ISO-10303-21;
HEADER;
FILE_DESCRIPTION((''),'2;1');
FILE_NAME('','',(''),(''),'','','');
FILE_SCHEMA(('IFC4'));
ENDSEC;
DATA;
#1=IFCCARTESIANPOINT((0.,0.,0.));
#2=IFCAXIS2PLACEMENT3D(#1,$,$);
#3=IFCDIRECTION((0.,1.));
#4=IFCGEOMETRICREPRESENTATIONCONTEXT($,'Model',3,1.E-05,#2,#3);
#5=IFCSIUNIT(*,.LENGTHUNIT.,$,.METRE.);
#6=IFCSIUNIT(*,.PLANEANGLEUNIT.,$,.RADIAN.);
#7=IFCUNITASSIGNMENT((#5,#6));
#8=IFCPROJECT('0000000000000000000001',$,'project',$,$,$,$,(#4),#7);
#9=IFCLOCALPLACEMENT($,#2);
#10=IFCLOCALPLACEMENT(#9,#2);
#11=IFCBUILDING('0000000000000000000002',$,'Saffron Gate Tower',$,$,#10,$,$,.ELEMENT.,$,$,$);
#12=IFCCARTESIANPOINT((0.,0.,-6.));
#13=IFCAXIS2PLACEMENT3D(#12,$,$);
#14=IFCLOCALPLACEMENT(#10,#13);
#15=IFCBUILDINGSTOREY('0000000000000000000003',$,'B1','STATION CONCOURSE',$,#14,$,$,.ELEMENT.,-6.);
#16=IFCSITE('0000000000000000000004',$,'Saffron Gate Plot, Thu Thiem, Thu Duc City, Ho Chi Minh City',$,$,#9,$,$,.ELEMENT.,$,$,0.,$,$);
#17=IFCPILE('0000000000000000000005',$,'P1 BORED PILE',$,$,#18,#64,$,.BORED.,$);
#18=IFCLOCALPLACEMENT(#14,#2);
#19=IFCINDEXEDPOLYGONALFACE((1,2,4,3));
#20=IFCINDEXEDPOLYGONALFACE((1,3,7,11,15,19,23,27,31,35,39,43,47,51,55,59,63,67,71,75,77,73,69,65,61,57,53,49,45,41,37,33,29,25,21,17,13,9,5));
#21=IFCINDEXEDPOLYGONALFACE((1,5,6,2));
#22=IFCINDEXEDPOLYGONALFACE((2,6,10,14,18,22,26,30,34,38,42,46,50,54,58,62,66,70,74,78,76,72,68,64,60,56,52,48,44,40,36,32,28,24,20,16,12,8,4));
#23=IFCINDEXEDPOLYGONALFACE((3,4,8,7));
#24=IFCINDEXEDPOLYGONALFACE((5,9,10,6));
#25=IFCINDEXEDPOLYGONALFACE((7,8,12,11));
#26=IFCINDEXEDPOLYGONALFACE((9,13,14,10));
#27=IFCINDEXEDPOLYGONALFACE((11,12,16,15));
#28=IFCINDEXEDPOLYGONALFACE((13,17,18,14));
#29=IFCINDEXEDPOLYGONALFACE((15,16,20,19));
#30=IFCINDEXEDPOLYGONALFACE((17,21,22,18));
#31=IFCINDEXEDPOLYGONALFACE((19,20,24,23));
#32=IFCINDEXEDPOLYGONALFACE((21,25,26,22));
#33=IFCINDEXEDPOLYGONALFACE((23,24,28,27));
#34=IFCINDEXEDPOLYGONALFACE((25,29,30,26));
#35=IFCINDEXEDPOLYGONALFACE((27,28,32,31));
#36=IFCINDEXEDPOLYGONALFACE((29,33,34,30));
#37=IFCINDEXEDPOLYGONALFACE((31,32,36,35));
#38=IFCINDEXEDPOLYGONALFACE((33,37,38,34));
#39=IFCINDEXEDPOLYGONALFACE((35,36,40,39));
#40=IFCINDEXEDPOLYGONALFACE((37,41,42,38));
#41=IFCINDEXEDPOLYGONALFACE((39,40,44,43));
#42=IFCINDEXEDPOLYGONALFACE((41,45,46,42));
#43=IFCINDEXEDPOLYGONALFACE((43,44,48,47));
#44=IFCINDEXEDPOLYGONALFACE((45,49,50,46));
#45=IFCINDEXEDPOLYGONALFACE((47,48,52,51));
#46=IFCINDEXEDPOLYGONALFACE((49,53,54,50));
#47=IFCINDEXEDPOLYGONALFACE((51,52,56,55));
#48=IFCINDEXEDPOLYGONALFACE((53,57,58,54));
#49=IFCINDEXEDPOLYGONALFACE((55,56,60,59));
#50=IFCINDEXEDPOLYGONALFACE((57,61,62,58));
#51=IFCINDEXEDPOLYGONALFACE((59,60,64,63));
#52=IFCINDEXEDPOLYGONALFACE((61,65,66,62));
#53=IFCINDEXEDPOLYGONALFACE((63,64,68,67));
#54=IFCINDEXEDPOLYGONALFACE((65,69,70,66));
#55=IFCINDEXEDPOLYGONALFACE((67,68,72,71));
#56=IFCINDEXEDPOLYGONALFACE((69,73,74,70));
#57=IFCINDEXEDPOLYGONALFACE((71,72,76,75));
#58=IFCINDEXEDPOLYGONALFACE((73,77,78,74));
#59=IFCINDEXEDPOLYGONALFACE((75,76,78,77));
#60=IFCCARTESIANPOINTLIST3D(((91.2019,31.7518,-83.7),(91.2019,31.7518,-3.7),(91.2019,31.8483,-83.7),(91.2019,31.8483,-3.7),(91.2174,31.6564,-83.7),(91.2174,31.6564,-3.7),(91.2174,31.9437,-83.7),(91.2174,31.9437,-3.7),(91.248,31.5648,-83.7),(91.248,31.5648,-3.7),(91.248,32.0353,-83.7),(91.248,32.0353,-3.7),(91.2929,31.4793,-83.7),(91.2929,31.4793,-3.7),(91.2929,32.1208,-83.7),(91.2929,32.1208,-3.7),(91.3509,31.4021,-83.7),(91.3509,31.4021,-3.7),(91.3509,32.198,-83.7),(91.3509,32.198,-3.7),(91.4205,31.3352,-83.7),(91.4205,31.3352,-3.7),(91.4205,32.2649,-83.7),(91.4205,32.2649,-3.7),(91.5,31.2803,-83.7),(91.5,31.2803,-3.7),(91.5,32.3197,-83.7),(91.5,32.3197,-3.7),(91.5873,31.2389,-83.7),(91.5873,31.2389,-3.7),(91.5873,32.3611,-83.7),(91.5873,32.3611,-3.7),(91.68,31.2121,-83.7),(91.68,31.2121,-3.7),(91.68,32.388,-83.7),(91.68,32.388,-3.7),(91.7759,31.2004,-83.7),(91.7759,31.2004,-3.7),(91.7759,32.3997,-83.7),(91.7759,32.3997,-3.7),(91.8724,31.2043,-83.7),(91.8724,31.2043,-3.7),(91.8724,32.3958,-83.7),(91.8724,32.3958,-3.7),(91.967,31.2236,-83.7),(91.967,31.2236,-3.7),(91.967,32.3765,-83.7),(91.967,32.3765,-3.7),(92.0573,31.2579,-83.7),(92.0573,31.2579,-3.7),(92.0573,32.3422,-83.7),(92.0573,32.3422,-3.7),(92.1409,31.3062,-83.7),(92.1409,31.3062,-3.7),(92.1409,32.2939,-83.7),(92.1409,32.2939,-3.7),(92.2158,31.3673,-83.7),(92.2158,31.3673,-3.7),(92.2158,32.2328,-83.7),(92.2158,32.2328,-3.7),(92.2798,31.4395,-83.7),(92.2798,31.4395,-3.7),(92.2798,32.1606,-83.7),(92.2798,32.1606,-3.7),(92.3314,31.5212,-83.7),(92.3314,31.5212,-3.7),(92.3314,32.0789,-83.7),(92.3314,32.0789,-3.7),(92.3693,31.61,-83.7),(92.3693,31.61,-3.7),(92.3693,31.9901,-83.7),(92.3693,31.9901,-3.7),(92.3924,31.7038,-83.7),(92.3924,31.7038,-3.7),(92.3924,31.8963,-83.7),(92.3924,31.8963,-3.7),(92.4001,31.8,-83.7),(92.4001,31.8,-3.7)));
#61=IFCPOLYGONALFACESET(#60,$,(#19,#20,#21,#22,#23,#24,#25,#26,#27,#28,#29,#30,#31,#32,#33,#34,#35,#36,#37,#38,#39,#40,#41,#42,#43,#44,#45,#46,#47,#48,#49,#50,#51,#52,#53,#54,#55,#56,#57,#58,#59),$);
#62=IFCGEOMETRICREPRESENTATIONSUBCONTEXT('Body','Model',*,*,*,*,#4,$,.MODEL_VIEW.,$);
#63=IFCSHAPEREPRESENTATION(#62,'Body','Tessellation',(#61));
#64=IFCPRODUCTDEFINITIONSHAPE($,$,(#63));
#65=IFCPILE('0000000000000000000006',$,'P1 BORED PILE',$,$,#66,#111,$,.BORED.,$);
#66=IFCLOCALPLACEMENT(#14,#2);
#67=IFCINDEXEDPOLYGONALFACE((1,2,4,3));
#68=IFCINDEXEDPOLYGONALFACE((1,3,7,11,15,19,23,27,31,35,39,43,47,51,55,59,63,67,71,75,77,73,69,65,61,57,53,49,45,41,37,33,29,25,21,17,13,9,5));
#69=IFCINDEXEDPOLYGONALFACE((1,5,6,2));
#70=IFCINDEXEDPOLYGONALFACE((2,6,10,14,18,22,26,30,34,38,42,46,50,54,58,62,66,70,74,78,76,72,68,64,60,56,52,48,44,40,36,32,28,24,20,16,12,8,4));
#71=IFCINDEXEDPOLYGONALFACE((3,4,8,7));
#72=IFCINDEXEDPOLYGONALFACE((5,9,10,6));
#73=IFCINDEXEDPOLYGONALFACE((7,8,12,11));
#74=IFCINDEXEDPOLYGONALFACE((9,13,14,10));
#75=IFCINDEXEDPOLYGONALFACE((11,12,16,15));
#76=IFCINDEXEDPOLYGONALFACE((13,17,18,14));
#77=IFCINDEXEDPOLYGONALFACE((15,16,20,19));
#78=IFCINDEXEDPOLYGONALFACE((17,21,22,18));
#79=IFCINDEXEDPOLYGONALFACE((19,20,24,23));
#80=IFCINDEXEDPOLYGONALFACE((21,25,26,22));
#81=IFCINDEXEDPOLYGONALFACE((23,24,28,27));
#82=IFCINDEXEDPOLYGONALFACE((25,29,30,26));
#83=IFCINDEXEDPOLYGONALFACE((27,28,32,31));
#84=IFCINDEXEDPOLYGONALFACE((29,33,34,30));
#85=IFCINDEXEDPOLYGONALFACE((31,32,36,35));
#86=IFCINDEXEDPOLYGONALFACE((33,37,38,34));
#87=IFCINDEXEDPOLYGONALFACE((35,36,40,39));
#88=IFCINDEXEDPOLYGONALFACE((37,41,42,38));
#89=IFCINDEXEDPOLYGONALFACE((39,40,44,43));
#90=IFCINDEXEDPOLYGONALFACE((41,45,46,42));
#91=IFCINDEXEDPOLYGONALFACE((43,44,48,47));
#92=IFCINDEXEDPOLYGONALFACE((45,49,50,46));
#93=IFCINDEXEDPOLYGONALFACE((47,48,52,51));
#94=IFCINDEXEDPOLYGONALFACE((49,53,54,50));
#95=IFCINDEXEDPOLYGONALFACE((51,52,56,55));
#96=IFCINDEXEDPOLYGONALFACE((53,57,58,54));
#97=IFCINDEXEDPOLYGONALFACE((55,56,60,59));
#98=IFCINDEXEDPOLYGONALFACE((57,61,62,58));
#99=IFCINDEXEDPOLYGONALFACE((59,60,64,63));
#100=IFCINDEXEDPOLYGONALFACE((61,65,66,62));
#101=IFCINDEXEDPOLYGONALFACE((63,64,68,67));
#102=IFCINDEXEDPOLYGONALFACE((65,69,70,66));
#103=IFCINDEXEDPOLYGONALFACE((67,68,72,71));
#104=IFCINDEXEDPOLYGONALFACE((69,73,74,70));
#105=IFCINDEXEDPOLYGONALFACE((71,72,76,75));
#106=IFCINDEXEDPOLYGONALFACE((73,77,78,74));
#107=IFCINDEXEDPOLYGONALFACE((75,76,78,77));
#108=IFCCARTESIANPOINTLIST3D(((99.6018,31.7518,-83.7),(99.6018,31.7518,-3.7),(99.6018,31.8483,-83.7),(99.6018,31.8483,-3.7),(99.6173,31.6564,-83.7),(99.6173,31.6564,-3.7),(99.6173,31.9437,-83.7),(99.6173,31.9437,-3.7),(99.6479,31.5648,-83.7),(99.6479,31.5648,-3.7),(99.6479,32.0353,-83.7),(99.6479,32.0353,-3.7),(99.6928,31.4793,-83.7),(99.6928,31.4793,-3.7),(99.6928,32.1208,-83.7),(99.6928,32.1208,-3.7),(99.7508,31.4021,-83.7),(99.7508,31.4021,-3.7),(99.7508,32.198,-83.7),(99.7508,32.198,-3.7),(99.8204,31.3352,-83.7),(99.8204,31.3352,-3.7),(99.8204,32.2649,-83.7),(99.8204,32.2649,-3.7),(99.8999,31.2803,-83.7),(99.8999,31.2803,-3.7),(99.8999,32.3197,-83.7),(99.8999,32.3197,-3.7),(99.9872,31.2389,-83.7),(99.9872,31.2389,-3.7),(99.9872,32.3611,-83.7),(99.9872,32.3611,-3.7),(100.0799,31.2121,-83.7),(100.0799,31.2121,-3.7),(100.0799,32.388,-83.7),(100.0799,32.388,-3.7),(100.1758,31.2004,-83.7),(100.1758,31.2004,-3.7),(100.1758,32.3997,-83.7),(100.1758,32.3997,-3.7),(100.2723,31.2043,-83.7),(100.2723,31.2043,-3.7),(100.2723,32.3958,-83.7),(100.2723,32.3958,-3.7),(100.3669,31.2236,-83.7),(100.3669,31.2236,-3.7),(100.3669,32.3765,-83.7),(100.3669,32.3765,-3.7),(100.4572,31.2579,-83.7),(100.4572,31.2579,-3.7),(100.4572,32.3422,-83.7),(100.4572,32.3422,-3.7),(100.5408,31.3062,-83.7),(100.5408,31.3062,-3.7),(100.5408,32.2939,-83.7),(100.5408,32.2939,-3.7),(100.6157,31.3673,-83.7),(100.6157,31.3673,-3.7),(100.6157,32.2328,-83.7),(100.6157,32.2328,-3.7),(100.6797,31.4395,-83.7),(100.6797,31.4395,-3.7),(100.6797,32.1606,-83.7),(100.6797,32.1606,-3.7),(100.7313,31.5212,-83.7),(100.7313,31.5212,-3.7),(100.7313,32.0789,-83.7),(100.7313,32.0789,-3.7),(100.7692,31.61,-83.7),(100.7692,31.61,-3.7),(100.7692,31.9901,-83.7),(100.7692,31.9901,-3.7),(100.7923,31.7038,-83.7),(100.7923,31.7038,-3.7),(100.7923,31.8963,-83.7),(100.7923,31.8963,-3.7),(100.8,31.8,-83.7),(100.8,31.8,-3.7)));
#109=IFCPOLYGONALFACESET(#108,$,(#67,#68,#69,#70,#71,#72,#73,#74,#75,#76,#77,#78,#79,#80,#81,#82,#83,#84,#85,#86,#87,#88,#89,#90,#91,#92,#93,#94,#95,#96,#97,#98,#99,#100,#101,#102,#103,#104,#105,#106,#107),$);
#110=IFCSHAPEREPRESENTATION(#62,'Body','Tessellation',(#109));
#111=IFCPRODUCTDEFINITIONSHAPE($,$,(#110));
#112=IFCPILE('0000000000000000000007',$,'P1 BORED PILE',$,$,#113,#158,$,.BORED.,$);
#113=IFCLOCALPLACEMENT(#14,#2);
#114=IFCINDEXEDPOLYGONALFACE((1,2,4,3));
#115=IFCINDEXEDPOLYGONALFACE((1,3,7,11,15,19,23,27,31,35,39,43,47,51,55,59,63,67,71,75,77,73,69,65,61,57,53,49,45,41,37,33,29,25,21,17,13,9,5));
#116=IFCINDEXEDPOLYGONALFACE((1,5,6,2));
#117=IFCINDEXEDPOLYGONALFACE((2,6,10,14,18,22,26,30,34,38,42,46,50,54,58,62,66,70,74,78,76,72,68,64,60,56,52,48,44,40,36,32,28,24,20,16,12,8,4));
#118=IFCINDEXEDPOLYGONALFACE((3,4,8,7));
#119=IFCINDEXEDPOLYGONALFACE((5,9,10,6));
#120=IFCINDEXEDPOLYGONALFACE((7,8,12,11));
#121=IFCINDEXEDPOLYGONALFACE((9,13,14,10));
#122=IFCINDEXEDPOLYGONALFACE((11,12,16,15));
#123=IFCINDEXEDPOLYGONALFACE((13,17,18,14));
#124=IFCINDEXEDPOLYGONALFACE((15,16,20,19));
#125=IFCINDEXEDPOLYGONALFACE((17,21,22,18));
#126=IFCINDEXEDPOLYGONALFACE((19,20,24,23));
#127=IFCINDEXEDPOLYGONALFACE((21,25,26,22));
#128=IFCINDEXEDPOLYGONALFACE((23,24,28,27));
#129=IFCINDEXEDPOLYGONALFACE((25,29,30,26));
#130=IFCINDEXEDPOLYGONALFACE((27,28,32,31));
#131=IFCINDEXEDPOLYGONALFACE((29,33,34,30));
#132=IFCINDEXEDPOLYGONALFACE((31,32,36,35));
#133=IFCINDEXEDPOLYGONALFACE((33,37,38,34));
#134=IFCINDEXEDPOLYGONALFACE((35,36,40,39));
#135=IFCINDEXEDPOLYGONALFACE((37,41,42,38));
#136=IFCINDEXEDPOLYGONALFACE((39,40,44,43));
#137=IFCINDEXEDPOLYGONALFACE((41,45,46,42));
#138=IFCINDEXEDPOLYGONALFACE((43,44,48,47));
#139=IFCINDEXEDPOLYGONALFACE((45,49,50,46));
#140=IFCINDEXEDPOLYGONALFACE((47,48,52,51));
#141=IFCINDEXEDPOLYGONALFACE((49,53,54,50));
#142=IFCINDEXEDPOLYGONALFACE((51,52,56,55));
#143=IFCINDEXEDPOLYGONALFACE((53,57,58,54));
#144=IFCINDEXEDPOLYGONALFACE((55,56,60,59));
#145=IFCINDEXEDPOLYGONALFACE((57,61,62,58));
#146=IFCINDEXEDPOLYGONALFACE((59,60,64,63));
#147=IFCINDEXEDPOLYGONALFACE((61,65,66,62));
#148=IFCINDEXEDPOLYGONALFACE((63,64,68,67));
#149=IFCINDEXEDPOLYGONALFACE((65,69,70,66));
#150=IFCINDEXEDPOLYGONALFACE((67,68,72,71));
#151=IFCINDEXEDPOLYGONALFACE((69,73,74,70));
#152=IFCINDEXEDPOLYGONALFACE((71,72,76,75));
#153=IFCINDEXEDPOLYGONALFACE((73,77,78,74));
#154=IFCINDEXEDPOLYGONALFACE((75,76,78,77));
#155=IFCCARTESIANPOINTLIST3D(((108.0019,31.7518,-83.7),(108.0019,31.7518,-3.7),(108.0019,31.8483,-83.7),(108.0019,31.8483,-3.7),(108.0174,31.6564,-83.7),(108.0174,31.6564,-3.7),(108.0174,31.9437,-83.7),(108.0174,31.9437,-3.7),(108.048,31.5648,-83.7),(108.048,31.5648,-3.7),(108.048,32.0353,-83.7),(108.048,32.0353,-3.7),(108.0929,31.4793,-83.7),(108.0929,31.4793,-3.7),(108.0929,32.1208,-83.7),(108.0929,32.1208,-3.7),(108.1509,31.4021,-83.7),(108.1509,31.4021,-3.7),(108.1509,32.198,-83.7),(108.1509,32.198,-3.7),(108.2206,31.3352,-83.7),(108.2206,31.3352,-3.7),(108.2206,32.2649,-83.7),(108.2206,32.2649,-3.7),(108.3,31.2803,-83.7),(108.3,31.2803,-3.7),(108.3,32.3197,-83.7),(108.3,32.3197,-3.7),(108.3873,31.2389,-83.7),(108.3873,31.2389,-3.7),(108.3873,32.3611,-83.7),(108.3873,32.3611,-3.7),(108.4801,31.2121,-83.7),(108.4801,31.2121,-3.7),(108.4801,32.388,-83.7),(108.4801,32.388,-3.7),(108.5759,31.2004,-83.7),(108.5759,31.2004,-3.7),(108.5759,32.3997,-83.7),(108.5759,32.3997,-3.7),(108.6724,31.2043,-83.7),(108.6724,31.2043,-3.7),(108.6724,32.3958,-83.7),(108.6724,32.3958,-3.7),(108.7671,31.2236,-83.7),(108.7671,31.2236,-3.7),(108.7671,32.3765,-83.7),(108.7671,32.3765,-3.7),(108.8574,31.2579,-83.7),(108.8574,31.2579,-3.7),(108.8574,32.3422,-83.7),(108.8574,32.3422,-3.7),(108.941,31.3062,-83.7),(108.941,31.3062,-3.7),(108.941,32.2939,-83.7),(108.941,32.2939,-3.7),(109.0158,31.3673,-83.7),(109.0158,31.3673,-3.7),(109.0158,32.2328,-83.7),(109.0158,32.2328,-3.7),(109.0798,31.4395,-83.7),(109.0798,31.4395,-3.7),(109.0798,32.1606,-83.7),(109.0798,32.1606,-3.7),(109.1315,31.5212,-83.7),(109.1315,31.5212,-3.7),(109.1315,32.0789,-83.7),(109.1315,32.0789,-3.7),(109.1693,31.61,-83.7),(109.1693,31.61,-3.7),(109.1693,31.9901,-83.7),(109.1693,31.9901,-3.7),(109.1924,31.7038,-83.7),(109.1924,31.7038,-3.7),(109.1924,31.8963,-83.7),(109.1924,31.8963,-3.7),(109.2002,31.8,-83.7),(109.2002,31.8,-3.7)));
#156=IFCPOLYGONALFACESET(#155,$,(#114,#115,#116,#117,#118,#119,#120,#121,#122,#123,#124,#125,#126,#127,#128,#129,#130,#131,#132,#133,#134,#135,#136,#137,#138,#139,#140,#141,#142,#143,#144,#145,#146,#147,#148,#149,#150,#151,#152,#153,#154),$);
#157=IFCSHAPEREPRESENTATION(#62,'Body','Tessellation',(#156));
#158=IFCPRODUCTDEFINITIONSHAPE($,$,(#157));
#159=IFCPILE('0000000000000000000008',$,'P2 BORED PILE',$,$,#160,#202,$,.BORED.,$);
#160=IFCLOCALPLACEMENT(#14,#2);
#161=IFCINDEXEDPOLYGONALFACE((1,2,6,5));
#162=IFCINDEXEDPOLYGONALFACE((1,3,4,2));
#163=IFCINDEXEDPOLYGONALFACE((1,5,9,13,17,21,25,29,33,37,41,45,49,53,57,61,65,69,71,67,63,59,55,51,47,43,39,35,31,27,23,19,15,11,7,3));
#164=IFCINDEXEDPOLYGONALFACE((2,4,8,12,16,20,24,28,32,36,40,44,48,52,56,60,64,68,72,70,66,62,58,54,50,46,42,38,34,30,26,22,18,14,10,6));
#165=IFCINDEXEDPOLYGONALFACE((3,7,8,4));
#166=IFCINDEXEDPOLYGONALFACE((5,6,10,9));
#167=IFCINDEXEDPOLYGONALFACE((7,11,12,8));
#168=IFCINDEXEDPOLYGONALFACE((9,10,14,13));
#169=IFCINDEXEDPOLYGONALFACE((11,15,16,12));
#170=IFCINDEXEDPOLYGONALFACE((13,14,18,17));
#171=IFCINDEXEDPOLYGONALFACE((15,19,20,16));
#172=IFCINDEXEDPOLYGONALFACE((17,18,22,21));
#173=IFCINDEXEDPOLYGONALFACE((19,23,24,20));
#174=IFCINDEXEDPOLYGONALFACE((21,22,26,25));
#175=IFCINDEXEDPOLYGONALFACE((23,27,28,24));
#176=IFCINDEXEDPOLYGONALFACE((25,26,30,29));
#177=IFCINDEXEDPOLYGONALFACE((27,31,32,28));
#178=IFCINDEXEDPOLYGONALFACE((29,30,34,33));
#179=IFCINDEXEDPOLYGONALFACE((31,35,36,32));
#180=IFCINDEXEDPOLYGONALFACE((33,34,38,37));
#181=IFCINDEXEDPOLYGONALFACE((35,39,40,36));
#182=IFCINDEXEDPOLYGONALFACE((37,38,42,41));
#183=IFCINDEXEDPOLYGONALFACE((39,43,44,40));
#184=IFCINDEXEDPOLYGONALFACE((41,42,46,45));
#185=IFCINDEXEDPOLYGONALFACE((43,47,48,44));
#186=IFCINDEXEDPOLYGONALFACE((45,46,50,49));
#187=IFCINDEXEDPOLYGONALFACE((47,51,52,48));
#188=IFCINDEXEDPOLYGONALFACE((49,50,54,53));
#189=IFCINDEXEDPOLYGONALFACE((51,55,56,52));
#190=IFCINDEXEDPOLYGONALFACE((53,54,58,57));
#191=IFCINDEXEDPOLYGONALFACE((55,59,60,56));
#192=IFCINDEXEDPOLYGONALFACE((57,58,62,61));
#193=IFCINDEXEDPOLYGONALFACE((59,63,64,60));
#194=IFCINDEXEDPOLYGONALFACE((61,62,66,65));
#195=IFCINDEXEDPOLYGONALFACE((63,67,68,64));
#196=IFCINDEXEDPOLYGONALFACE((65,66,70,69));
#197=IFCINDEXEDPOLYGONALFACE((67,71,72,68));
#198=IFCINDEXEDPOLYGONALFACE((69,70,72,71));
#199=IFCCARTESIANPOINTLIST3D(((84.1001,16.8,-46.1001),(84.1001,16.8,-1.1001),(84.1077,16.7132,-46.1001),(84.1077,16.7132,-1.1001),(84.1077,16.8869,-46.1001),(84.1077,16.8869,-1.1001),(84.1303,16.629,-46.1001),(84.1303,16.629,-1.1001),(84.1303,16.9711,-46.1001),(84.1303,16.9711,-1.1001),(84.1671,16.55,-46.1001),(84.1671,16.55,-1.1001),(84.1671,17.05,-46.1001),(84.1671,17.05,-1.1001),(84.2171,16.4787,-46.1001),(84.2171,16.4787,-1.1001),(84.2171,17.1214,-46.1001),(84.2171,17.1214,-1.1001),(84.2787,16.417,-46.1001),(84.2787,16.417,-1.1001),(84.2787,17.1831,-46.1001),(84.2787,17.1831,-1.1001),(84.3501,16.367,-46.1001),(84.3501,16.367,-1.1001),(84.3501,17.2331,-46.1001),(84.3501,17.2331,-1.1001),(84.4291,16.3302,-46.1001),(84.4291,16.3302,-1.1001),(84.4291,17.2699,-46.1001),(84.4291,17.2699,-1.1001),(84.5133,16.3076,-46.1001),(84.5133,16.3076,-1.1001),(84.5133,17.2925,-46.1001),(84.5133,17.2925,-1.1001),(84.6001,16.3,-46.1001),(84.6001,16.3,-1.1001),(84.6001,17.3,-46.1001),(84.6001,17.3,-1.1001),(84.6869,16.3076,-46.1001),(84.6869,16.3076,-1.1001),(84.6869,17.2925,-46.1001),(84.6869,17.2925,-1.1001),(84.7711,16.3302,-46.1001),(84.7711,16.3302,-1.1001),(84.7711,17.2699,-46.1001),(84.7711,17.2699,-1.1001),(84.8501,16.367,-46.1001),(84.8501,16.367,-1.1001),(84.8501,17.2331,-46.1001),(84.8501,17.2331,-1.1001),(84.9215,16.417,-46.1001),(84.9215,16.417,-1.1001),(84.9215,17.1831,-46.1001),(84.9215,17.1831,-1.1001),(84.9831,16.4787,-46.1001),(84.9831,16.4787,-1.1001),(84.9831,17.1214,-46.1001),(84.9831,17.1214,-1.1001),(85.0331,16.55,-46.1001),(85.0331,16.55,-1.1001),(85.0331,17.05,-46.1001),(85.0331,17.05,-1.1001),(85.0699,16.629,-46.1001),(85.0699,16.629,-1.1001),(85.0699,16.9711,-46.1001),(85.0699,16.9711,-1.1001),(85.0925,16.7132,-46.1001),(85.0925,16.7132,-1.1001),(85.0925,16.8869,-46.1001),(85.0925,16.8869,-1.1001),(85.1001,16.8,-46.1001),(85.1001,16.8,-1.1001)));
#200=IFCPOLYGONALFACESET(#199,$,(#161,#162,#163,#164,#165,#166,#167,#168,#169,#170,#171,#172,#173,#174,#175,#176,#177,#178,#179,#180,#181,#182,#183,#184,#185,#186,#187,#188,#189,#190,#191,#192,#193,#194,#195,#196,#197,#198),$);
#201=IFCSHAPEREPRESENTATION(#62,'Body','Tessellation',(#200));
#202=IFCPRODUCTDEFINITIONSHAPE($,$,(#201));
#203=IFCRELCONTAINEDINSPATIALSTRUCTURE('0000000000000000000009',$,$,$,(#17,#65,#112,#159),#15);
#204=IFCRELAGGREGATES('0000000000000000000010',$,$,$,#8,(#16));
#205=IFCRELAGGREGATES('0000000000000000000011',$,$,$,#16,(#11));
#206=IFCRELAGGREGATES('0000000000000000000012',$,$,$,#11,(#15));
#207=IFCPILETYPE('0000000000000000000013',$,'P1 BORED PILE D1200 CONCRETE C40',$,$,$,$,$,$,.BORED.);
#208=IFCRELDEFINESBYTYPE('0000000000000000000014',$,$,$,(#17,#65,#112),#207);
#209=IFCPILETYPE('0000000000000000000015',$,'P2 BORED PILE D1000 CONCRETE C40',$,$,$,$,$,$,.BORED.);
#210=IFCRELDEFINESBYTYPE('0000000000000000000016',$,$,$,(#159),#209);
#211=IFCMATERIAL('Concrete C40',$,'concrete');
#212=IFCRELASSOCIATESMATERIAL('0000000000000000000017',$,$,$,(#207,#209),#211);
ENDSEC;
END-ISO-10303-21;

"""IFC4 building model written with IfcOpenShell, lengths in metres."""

from ifc_helpers import new_model, si_unit, direction, frame, origin, origin_2d, place, context, subcontext, project, spatial, circle, extrude, material, material_profile, profile_set, type_object, element, save


model = new_model("IFC4")

# Units and contexts
model_context = context("Model", 3, precision=1e-05, world=origin(), true_north=direction((0.0, 1.0)))
body_context = subcontext(model_context, "Body", "Model", "MODEL_VIEW")
ifc_project = project(units=[si_unit("LENGTHUNIT", "METRE"), si_unit("PLANEANGLEUNIT", "RADIAN")], contexts=[model_context])

# Site, building, storey
site_placement = place(None, origin())
site = spatial("IfcSite", under=ifc_project, at=site_placement, Name="Saffron Gate Plot, Thu Thiem, Thu Duc City, Ho Chi Minh City", CompositionType="ELEMENT", RefElevation=0.0)
building_placement = place(site_placement, origin())
building = spatial("IfcBuilding", under=site, at=building_placement, Name="Saffron Gate Tower", CompositionType="ELEMENT")
storey_placement = place(building_placement, frame((0.0, 0.0, -6.0)))
storey = spatial("IfcBuildingStorey", under=building, at=storey_placement, Name="B1", Description="STATION CONCOURSE", CompositionType="ELEMENT", Elevation=-6.0)

# Piles
ifc_material_1 = material(Name="Concrete C40", Category="concrete")
ifc_material_profile_1 = material_profile(ifc_material_1, circle(Radius=0.6001, at=origin_2d()))
ifc_profile_set_1 = profile_set([ifc_material_profile_1], Name="Concrete C40")
pile_type_1 = type_object("IfcPileType", Name="P1 BORED PILE D1200 CONCRETE C40", PredefinedType="BORED", material=ifc_profile_set_1)
for number, where, z_axis, x_axis, name in (
    (1, (91.8, 31.8, -3.7), (0.0, 0.0, -1.0), (1.0, 0.0, 0.0), "P1 BORED PILE"),
    (2, (100.2, 31.8, -3.7), (0.0, 0.0, -1.0), (1.0, 0.0, 0.0), "P1 BORED PILE"),
    (3, (108.6001, 31.8, -3.7), (0.0, 0.0, -1.0), (1.0, 0.0, 0.0), "P1 BORED PILE"),
):
    element("IfcPile", number, at=place(storey_placement, frame(where, z_axis=z_axis, x_axis=x_axis)), inside=storey, type_object=pile_type_1, Name=name, PredefinedType="BORED", context=body_context, shape_type="SweptSolid", body=[
        extrude(circle(Radius=0.6001, at=origin_2d()), origin(), (0.0, 0.0, 1.0), 80.0),
    ])
ifc_material_profile_2 = material_profile(ifc_material_1, circle(Radius=0.5, at=origin_2d()))
ifc_profile_set_2 = profile_set([ifc_material_profile_2], Name="Concrete C40")
pile_type_2 = type_object("IfcPileType", Name="P2 BORED PILE D1000 CONCRETE C40", PredefinedType="BORED", material=ifc_profile_set_2)
for number, where, z_axis, x_axis, name in (
    (4, (84.6001, 16.8, -1.1001), (0.0, 0.0, -1.0), (1.0, 0.0, 0.0), "P2 BORED PILE"),
):
    element("IfcPile", number, at=place(storey_placement, frame(where, z_axis=z_axis, x_axis=x_axis)), inside=storey, type_object=pile_type_2, Name=name, PredefinedType="BORED", context=body_context, shape_type="SweptSolid", body=[
        extrude(circle(Radius=0.5, at=origin_2d()), origin(), (0.0, 0.0, 1.0), 45.0),
    ])

save(model, "model.ifc")
